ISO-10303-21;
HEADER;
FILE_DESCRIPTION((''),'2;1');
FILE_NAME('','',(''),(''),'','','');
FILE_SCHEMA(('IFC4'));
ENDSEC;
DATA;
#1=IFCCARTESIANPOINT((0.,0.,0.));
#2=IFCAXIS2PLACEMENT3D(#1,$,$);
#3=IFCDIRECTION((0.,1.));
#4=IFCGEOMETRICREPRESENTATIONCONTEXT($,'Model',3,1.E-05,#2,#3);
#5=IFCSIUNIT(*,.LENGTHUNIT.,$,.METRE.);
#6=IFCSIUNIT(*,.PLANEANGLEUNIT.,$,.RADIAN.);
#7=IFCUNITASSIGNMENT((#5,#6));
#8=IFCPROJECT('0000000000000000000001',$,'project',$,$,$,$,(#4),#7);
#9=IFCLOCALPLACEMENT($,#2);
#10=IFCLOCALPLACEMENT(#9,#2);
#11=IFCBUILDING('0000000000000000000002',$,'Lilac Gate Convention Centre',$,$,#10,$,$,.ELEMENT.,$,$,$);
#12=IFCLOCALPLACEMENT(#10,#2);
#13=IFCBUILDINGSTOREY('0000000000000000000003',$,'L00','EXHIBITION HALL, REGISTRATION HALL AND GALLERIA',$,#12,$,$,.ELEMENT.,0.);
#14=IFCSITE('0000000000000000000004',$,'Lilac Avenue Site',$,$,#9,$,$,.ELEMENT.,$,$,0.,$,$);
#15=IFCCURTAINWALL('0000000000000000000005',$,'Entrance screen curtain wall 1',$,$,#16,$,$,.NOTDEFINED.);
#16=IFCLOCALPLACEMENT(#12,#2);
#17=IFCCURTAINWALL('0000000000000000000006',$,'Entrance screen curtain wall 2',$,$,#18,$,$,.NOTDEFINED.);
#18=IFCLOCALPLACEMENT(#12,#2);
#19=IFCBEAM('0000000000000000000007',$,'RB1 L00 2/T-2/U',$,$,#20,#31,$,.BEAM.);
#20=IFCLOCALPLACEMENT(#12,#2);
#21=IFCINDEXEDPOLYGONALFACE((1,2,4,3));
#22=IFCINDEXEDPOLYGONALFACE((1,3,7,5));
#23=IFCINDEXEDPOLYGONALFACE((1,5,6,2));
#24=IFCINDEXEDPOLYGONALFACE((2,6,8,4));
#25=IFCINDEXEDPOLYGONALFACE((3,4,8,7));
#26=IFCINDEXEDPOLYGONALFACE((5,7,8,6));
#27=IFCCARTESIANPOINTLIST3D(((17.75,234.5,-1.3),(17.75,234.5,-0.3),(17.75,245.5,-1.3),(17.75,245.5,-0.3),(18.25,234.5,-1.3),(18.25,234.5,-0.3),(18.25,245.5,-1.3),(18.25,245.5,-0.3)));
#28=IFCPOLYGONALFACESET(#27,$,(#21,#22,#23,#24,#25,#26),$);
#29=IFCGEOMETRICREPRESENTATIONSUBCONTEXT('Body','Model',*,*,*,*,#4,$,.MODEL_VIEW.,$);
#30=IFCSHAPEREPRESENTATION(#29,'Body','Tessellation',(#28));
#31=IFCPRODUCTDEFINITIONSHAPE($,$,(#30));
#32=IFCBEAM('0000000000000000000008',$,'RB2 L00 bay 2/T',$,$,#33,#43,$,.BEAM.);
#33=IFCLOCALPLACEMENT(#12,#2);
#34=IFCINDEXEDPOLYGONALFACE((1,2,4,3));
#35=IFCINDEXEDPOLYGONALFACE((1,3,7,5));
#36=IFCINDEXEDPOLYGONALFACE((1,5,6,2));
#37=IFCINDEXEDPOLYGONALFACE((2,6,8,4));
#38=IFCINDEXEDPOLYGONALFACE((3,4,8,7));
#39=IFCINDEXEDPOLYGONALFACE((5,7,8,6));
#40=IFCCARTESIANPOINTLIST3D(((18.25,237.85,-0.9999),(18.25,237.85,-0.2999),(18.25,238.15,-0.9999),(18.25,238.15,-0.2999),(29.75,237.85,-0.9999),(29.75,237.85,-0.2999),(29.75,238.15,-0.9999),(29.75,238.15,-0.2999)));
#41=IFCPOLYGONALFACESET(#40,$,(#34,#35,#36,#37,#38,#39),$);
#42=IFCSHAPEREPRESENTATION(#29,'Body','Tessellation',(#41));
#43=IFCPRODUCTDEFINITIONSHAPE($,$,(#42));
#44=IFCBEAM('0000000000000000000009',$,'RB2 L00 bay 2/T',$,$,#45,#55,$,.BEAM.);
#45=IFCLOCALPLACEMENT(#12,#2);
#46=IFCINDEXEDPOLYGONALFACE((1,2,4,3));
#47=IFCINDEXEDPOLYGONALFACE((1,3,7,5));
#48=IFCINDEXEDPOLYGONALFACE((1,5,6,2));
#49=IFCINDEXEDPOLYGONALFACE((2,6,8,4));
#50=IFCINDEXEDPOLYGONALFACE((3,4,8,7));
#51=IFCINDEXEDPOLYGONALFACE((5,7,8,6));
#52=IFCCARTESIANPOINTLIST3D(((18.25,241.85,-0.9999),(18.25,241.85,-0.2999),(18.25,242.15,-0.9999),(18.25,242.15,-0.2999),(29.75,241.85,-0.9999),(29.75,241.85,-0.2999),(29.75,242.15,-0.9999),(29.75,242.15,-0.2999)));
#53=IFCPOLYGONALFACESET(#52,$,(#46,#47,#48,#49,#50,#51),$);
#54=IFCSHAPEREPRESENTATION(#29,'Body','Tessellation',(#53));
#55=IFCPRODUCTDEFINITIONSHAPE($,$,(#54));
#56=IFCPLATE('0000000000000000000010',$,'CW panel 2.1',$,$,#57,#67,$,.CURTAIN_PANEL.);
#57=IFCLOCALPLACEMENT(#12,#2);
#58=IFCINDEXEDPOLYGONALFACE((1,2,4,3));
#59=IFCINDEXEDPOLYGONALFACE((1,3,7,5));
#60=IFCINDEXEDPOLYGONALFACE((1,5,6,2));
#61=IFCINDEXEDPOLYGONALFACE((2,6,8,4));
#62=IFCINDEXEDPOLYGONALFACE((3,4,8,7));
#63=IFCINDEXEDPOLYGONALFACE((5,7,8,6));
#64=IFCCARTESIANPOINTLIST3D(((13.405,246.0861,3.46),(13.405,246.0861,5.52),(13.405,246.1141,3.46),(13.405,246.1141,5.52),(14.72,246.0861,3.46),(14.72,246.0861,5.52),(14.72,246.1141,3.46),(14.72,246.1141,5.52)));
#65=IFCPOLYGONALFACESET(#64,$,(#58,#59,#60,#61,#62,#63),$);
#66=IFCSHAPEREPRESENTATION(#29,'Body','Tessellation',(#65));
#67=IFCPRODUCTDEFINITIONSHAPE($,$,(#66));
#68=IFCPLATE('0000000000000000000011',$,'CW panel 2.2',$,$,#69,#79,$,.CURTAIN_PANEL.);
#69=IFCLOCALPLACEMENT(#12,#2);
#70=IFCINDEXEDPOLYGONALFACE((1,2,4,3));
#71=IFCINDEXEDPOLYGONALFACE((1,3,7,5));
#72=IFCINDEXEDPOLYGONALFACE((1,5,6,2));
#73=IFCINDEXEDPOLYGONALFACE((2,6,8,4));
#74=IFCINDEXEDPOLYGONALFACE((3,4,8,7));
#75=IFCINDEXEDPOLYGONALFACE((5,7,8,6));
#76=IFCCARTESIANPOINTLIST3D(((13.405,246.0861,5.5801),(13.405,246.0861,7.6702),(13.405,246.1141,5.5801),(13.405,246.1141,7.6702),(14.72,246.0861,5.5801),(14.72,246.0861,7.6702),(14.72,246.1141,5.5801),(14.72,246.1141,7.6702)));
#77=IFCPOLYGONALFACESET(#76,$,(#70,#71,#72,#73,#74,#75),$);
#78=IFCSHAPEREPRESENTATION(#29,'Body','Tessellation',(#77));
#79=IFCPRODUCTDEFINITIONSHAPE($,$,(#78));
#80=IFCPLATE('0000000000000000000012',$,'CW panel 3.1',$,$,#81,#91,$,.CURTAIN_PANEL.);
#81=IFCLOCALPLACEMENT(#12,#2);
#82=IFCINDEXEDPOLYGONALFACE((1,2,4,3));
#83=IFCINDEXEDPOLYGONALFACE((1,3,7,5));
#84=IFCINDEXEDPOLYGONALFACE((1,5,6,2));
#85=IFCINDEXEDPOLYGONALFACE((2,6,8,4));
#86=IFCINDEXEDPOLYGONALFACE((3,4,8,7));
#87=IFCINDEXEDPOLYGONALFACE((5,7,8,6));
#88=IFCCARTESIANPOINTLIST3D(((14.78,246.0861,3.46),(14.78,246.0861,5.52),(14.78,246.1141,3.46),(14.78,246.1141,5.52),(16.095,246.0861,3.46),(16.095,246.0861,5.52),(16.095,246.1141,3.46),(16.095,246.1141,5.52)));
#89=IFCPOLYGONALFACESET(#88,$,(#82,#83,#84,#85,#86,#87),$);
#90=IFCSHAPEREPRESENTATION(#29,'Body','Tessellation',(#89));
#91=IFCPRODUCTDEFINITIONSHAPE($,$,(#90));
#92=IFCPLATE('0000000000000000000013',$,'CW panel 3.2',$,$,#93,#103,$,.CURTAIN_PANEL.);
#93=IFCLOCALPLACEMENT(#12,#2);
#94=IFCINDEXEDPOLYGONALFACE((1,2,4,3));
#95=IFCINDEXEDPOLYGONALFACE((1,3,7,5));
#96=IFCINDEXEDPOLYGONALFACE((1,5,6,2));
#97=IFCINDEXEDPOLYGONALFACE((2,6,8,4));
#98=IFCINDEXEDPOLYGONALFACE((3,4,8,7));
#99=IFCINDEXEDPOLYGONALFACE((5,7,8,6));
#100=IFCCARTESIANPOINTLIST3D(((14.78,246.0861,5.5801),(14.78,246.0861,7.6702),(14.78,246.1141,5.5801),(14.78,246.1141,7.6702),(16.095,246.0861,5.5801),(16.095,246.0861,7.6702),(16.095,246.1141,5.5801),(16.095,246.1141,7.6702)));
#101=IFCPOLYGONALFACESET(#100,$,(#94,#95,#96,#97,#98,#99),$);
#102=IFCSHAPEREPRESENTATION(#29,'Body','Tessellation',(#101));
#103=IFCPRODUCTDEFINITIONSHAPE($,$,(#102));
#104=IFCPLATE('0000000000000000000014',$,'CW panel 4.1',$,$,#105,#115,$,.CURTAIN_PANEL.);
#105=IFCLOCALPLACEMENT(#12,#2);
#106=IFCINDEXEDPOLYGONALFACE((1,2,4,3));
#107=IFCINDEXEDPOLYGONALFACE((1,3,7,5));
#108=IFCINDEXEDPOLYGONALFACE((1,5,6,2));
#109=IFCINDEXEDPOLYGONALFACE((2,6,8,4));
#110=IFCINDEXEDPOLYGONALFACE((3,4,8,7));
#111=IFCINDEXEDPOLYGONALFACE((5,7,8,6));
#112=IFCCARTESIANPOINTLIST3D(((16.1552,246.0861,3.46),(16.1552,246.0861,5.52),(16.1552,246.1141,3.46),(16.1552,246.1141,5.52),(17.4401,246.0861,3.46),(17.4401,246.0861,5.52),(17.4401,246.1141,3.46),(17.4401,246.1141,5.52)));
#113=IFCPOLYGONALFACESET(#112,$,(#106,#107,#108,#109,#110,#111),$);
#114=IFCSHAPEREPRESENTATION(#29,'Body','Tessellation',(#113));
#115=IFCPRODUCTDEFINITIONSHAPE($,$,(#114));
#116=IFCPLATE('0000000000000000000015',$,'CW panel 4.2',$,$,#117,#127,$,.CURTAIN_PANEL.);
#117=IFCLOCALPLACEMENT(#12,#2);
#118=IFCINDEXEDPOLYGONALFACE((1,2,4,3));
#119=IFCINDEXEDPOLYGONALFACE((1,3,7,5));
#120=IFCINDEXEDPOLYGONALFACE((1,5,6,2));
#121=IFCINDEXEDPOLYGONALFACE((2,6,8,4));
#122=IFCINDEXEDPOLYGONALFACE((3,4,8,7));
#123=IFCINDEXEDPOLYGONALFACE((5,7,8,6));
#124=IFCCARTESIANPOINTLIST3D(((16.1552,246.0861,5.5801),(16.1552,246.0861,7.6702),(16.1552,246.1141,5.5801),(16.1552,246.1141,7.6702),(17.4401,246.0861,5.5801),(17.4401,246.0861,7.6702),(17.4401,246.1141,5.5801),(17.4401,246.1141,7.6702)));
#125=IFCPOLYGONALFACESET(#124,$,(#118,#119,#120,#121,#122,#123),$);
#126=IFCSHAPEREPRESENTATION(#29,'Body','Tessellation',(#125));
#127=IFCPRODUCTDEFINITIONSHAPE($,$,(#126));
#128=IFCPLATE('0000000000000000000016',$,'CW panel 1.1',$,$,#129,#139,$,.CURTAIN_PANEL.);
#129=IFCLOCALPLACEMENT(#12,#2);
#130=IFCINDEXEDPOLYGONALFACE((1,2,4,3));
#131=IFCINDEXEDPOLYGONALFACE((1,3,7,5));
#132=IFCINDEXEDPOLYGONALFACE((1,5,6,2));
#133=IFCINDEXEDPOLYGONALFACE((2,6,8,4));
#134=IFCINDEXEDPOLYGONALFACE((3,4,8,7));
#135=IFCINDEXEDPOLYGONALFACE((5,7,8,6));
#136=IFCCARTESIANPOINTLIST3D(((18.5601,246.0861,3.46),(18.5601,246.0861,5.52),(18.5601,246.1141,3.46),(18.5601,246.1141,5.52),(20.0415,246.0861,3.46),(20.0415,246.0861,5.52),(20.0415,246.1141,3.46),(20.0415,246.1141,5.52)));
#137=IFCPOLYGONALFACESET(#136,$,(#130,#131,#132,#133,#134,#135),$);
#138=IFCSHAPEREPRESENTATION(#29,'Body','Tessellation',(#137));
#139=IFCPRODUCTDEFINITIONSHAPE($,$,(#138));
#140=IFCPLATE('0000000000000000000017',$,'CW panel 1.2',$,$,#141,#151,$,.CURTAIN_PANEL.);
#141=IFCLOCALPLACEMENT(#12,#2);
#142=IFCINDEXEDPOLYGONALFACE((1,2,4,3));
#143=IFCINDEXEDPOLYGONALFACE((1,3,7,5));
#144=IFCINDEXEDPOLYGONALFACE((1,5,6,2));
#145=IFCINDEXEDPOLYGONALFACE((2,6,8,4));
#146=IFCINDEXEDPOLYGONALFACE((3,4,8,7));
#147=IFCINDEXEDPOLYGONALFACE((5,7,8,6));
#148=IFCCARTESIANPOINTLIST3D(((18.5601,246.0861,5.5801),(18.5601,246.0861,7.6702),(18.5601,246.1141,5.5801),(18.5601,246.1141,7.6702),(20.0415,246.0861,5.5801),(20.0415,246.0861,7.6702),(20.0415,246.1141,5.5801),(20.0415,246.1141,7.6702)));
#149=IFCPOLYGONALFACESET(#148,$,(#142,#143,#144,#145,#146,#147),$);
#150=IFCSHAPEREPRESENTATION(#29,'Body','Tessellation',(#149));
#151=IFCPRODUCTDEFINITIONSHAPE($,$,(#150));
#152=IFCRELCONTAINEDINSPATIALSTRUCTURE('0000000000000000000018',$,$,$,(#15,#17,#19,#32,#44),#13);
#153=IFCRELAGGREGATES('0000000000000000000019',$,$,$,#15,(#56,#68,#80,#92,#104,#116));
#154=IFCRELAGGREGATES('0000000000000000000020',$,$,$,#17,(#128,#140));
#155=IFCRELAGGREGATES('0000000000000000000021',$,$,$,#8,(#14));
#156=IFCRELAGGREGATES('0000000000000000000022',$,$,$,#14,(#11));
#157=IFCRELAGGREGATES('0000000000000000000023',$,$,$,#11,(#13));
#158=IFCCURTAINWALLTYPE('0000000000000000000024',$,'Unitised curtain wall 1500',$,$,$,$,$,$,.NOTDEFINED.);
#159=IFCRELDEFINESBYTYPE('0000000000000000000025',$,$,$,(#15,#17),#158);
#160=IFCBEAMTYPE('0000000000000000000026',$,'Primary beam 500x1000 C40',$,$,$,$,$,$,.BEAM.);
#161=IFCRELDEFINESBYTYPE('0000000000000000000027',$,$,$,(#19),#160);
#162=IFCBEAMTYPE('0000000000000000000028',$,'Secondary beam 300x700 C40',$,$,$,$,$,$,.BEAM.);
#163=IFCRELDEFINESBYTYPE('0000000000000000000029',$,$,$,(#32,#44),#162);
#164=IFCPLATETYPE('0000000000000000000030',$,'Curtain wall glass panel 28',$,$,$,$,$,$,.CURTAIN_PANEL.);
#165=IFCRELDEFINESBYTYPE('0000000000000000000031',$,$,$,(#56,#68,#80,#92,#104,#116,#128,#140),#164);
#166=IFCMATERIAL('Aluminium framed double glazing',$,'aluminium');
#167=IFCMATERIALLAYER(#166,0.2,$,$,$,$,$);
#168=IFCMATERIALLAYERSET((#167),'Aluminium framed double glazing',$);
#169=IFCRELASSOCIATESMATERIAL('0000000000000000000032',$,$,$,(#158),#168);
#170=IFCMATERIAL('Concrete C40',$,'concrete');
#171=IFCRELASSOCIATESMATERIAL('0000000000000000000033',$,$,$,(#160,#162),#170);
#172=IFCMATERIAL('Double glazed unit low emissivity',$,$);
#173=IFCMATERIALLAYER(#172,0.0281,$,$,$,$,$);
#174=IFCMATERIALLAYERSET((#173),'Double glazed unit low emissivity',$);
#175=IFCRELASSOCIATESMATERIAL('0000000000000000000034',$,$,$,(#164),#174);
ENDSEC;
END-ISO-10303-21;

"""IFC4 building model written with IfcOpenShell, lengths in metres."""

from ifc_helpers import new_model, si_unit, direction, frame, origin, origin_2d, place, context, subcontext, project, spatial, rectangle, extrude, material, layer, layer_set, material_profile, profile_set, type_object, element, aggregate, save


model = new_model("IFC4")

# Units and contexts
model_context = context("Model", 3, precision=1e-05, world=origin(), true_north=direction((0.0, 1.0)))
body_context = subcontext(model_context, "Body", "Model", "MODEL_VIEW")
ifc_project = project(units=[si_unit("LENGTHUNIT", "METRE"), si_unit("PLANEANGLEUNIT", "RADIAN")], contexts=[model_context])

# Site, building, storey
site_placement = place(None, origin())
site = spatial("IfcSite", under=ifc_project, at=site_placement, Name="Lilac Avenue Site", CompositionType="ELEMENT", RefElevation=0.0)
building_placement = place(site_placement, origin())
building = spatial("IfcBuilding", under=site, at=building_placement, Name="Lilac Gate Convention Centre", CompositionType="ELEMENT")
storey_placement = place(building_placement, origin())
storey = spatial("IfcBuildingStorey", under=building, at=storey_placement, Name="L00", Description="EXHIBITION HALL, REGISTRATION HALL AND GALLERIA", CompositionType="ELEMENT", Elevation=0.0)

# Shared definitions
ifc_material_1 = material(Name="Concrete C40", Category="concrete")

# Curtain walls
ifc_material_2 = material(Name="Aluminium framed double glazing", Category="aluminium")
ifc_layer_1 = layer(ifc_material_2, 0.2)
ifc_layer_set_1 = layer_set([ifc_layer_1], Name="Aluminium framed double glazing")
curtain_wall_type = type_object("IfcCurtainWallType", Name="Unitised curtain wall 1500", PredefinedType="NOTDEFINED", material=ifc_layer_set_1)
curtain_wall_1_placement = place(storey_placement, origin())
curtain_wall_1 = element("IfcCurtainWall", 1, at=curtain_wall_1_placement, inside=storey, type_object=curtain_wall_type, Name="Entrance screen curtain wall 1", PredefinedType="NOTDEFINED")
curtain_wall_2_placement = place(storey_placement, origin())
curtain_wall_2 = element("IfcCurtainWall", 2, at=curtain_wall_2_placement, inside=storey, type_object=curtain_wall_type, Name="Entrance screen curtain wall 2", PredefinedType="NOTDEFINED")

# Beams
ifc_material_profile_1 = material_profile(ifc_material_1, rectangle(XDim=0.5, YDim=1.0, at=origin_2d()), Name="RC 500x1000")
ifc_profile_set_1 = profile_set([ifc_material_profile_1], Name="Concrete C40")
beam_type_1 = type_object("IfcBeamType", Name="Primary beam 500x1000 C40", PredefinedType="BEAM", material=ifc_profile_set_1)
for number, where, z_axis, x_axis, name in (
    (3, (18.0, 234.5, -0.8), (0.0, 1.0, 0.0), (-1.0, 0.0, 0.0), "RB1 L00 2/T-2/U"),
):
    element("IfcBeam", number, at=place(storey_placement, frame(where, z_axis=z_axis, x_axis=x_axis)), inside=storey, type_object=beam_type_1, Name=name, PredefinedType="BEAM", context=body_context, shape_type="SweptSolid", body=[
        extrude(rectangle(XDim=0.5, YDim=1.0, at=origin_2d()), origin(), (0.0, 0.0, 1.0), 11.0),
    ])
ifc_material_profile_2 = material_profile(ifc_material_1, rectangle(XDim=0.3, YDim=0.7, at=origin_2d()), Name="RC 300x700")
ifc_profile_set_2 = profile_set([ifc_material_profile_2], Name="Concrete C40")
beam_type_2 = type_object("IfcBeamType", Name="Secondary beam 300x700 C40", PredefinedType="BEAM", material=ifc_profile_set_2)
for number, where, z_axis, x_axis, name in (
    (4, (18.25, 238.0, -0.6499), (1.0, 0.0, 0.0), (0.0, 1.0, 0.0), "RB2 L00 bay 2/T"),
    (5, (18.25, 242.0, -0.6499), (1.0, 0.0, 0.0), (0.0, 1.0, 0.0), "RB2 L00 bay 2/T"),
):
    element("IfcBeam", number, at=place(storey_placement, frame(where, z_axis=z_axis, x_axis=x_axis)), inside=storey, type_object=beam_type_2, Name=name, PredefinedType="BEAM", context=body_context, shape_type="SweptSolid", body=[
        extrude(rectangle(XDim=0.3, YDim=0.7, at=origin_2d()), origin(), (0.0, 0.0, 1.0), 11.5),
    ])

# Plates
ifc_material_3 = material(Name="Double glazed unit low emissivity")
ifc_layer_2 = layer(ifc_material_3, 0.0281)
ifc_layer_set_2 = layer_set([ifc_layer_2], Name="Double glazed unit low emissivity")
plate_type = type_object("IfcPlateType", Name="Curtain wall glass panel 28", PredefinedType="CURTAIN_PANEL", material=ifc_layer_set_2)
plate_1_placement = place(storey_placement, frame((14.0625, 246.1001, 3.46), z_axis=(0.0, 0.0, 1.0), x_axis=(1.0, 0.0, 0.0)))
plate_1 = element("IfcPlate", 6, at=plate_1_placement, type_object=plate_type, Name="CW panel 2.1", PredefinedType="CURTAIN_PANEL", context=body_context, shape_type="SweptSolid", body=[
    extrude(rectangle(XDim=1.3149, YDim=0.0281, at=origin_2d()), origin(), (0.0, 0.0, 1.0), 2.0601),
])
plate_2_placement = place(storey_placement, frame((14.0625, 246.1001, 5.5801), z_axis=(0.0, 0.0, 1.0), x_axis=(1.0, 0.0, 0.0)))
plate_2 = element("IfcPlate", 7, at=plate_2_placement, type_object=plate_type, Name="CW panel 2.2", PredefinedType="CURTAIN_PANEL", context=body_context, shape_type="SweptSolid", body=[
    extrude(rectangle(XDim=1.3149, YDim=0.0281, at=origin_2d()), origin(), (0.0, 0.0, 1.0), 2.0901),
])
plate_3_placement = place(storey_placement, frame((15.4375, 246.1001, 3.46), z_axis=(0.0, 0.0, 1.0), x_axis=(1.0, 0.0, 0.0)))
plate_3 = element("IfcPlate", 8, at=plate_3_placement, type_object=plate_type, Name="CW panel 3.1", PredefinedType="CURTAIN_PANEL", context=body_context, shape_type="SweptSolid", body=[
    extrude(rectangle(XDim=1.3149, YDim=0.0281, at=origin_2d()), origin(), (0.0, 0.0, 1.0), 2.0601),
])
plate_4_placement = place(storey_placement, frame((15.4375, 246.1001, 5.5801), z_axis=(0.0, 0.0, 1.0), x_axis=(1.0, 0.0, 0.0)))
plate_4 = element("IfcPlate", 9, at=plate_4_placement, type_object=plate_type, Name="CW panel 3.2", PredefinedType="CURTAIN_PANEL", context=body_context, shape_type="SweptSolid", body=[
    extrude(rectangle(XDim=1.3149, YDim=0.0281, at=origin_2d()), origin(), (0.0, 0.0, 1.0), 2.0901),
])
plate_5_placement = place(storey_placement, frame((16.7976, 246.1001, 3.46), z_axis=(0.0, 0.0, 1.0), x_axis=(1.0, 0.0, 0.0)))
plate_5 = element("IfcPlate", 10, at=plate_5_placement, type_object=plate_type, Name="CW panel 4.1", PredefinedType="CURTAIN_PANEL", context=body_context, shape_type="SweptSolid", body=[
    extrude(rectangle(XDim=1.2849, YDim=0.0281, at=origin_2d()), origin(), (0.0, 0.0, 1.0), 2.0601),
])
plate_6_placement = place(storey_placement, frame((16.7976, 246.1001, 5.5801), z_axis=(0.0, 0.0, 1.0), x_axis=(1.0, 0.0, 0.0)))
plate_6 = element("IfcPlate", 11, at=plate_6_placement, type_object=plate_type, Name="CW panel 4.2", PredefinedType="CURTAIN_PANEL", context=body_context, shape_type="SweptSolid", body=[
    extrude(rectangle(XDim=1.2849, YDim=0.0281, at=origin_2d()), origin(), (0.0, 0.0, 1.0), 2.0901),
])
aggregate(curtain_wall_1, [plate_1, plate_2, plate_3, plate_4, plate_5, plate_6])
plate_7_placement = place(storey_placement, frame((19.3008, 246.1001, 3.46), z_axis=(0.0, 0.0, 1.0), x_axis=(1.0, 0.0, 0.0)))
plate_7 = element("IfcPlate", 12, at=plate_7_placement, type_object=plate_type, Name="CW panel 1.1", PredefinedType="CURTAIN_PANEL", context=body_context, shape_type="SweptSolid", body=[
    extrude(rectangle(XDim=1.4814, YDim=0.0281, at=origin_2d()), origin(), (0.0, 0.0, 1.0), 2.0601),
])
plate_8_placement = place(storey_placement, frame((19.3008, 246.1001, 5.5801), z_axis=(0.0, 0.0, 1.0), x_axis=(1.0, 0.0, 0.0)))
plate_8 = element("IfcPlate", 13, at=plate_8_placement, type_object=plate_type, Name="CW panel 1.2", PredefinedType="CURTAIN_PANEL", context=body_context, shape_type="SweptSolid", body=[
    extrude(rectangle(XDim=1.4814, YDim=0.0281, at=origin_2d()), origin(), (0.0, 0.0, 1.0), 2.0901),
])
aggregate(curtain_wall_2, [plate_7, plate_8])

save(model, "model.ifc")
